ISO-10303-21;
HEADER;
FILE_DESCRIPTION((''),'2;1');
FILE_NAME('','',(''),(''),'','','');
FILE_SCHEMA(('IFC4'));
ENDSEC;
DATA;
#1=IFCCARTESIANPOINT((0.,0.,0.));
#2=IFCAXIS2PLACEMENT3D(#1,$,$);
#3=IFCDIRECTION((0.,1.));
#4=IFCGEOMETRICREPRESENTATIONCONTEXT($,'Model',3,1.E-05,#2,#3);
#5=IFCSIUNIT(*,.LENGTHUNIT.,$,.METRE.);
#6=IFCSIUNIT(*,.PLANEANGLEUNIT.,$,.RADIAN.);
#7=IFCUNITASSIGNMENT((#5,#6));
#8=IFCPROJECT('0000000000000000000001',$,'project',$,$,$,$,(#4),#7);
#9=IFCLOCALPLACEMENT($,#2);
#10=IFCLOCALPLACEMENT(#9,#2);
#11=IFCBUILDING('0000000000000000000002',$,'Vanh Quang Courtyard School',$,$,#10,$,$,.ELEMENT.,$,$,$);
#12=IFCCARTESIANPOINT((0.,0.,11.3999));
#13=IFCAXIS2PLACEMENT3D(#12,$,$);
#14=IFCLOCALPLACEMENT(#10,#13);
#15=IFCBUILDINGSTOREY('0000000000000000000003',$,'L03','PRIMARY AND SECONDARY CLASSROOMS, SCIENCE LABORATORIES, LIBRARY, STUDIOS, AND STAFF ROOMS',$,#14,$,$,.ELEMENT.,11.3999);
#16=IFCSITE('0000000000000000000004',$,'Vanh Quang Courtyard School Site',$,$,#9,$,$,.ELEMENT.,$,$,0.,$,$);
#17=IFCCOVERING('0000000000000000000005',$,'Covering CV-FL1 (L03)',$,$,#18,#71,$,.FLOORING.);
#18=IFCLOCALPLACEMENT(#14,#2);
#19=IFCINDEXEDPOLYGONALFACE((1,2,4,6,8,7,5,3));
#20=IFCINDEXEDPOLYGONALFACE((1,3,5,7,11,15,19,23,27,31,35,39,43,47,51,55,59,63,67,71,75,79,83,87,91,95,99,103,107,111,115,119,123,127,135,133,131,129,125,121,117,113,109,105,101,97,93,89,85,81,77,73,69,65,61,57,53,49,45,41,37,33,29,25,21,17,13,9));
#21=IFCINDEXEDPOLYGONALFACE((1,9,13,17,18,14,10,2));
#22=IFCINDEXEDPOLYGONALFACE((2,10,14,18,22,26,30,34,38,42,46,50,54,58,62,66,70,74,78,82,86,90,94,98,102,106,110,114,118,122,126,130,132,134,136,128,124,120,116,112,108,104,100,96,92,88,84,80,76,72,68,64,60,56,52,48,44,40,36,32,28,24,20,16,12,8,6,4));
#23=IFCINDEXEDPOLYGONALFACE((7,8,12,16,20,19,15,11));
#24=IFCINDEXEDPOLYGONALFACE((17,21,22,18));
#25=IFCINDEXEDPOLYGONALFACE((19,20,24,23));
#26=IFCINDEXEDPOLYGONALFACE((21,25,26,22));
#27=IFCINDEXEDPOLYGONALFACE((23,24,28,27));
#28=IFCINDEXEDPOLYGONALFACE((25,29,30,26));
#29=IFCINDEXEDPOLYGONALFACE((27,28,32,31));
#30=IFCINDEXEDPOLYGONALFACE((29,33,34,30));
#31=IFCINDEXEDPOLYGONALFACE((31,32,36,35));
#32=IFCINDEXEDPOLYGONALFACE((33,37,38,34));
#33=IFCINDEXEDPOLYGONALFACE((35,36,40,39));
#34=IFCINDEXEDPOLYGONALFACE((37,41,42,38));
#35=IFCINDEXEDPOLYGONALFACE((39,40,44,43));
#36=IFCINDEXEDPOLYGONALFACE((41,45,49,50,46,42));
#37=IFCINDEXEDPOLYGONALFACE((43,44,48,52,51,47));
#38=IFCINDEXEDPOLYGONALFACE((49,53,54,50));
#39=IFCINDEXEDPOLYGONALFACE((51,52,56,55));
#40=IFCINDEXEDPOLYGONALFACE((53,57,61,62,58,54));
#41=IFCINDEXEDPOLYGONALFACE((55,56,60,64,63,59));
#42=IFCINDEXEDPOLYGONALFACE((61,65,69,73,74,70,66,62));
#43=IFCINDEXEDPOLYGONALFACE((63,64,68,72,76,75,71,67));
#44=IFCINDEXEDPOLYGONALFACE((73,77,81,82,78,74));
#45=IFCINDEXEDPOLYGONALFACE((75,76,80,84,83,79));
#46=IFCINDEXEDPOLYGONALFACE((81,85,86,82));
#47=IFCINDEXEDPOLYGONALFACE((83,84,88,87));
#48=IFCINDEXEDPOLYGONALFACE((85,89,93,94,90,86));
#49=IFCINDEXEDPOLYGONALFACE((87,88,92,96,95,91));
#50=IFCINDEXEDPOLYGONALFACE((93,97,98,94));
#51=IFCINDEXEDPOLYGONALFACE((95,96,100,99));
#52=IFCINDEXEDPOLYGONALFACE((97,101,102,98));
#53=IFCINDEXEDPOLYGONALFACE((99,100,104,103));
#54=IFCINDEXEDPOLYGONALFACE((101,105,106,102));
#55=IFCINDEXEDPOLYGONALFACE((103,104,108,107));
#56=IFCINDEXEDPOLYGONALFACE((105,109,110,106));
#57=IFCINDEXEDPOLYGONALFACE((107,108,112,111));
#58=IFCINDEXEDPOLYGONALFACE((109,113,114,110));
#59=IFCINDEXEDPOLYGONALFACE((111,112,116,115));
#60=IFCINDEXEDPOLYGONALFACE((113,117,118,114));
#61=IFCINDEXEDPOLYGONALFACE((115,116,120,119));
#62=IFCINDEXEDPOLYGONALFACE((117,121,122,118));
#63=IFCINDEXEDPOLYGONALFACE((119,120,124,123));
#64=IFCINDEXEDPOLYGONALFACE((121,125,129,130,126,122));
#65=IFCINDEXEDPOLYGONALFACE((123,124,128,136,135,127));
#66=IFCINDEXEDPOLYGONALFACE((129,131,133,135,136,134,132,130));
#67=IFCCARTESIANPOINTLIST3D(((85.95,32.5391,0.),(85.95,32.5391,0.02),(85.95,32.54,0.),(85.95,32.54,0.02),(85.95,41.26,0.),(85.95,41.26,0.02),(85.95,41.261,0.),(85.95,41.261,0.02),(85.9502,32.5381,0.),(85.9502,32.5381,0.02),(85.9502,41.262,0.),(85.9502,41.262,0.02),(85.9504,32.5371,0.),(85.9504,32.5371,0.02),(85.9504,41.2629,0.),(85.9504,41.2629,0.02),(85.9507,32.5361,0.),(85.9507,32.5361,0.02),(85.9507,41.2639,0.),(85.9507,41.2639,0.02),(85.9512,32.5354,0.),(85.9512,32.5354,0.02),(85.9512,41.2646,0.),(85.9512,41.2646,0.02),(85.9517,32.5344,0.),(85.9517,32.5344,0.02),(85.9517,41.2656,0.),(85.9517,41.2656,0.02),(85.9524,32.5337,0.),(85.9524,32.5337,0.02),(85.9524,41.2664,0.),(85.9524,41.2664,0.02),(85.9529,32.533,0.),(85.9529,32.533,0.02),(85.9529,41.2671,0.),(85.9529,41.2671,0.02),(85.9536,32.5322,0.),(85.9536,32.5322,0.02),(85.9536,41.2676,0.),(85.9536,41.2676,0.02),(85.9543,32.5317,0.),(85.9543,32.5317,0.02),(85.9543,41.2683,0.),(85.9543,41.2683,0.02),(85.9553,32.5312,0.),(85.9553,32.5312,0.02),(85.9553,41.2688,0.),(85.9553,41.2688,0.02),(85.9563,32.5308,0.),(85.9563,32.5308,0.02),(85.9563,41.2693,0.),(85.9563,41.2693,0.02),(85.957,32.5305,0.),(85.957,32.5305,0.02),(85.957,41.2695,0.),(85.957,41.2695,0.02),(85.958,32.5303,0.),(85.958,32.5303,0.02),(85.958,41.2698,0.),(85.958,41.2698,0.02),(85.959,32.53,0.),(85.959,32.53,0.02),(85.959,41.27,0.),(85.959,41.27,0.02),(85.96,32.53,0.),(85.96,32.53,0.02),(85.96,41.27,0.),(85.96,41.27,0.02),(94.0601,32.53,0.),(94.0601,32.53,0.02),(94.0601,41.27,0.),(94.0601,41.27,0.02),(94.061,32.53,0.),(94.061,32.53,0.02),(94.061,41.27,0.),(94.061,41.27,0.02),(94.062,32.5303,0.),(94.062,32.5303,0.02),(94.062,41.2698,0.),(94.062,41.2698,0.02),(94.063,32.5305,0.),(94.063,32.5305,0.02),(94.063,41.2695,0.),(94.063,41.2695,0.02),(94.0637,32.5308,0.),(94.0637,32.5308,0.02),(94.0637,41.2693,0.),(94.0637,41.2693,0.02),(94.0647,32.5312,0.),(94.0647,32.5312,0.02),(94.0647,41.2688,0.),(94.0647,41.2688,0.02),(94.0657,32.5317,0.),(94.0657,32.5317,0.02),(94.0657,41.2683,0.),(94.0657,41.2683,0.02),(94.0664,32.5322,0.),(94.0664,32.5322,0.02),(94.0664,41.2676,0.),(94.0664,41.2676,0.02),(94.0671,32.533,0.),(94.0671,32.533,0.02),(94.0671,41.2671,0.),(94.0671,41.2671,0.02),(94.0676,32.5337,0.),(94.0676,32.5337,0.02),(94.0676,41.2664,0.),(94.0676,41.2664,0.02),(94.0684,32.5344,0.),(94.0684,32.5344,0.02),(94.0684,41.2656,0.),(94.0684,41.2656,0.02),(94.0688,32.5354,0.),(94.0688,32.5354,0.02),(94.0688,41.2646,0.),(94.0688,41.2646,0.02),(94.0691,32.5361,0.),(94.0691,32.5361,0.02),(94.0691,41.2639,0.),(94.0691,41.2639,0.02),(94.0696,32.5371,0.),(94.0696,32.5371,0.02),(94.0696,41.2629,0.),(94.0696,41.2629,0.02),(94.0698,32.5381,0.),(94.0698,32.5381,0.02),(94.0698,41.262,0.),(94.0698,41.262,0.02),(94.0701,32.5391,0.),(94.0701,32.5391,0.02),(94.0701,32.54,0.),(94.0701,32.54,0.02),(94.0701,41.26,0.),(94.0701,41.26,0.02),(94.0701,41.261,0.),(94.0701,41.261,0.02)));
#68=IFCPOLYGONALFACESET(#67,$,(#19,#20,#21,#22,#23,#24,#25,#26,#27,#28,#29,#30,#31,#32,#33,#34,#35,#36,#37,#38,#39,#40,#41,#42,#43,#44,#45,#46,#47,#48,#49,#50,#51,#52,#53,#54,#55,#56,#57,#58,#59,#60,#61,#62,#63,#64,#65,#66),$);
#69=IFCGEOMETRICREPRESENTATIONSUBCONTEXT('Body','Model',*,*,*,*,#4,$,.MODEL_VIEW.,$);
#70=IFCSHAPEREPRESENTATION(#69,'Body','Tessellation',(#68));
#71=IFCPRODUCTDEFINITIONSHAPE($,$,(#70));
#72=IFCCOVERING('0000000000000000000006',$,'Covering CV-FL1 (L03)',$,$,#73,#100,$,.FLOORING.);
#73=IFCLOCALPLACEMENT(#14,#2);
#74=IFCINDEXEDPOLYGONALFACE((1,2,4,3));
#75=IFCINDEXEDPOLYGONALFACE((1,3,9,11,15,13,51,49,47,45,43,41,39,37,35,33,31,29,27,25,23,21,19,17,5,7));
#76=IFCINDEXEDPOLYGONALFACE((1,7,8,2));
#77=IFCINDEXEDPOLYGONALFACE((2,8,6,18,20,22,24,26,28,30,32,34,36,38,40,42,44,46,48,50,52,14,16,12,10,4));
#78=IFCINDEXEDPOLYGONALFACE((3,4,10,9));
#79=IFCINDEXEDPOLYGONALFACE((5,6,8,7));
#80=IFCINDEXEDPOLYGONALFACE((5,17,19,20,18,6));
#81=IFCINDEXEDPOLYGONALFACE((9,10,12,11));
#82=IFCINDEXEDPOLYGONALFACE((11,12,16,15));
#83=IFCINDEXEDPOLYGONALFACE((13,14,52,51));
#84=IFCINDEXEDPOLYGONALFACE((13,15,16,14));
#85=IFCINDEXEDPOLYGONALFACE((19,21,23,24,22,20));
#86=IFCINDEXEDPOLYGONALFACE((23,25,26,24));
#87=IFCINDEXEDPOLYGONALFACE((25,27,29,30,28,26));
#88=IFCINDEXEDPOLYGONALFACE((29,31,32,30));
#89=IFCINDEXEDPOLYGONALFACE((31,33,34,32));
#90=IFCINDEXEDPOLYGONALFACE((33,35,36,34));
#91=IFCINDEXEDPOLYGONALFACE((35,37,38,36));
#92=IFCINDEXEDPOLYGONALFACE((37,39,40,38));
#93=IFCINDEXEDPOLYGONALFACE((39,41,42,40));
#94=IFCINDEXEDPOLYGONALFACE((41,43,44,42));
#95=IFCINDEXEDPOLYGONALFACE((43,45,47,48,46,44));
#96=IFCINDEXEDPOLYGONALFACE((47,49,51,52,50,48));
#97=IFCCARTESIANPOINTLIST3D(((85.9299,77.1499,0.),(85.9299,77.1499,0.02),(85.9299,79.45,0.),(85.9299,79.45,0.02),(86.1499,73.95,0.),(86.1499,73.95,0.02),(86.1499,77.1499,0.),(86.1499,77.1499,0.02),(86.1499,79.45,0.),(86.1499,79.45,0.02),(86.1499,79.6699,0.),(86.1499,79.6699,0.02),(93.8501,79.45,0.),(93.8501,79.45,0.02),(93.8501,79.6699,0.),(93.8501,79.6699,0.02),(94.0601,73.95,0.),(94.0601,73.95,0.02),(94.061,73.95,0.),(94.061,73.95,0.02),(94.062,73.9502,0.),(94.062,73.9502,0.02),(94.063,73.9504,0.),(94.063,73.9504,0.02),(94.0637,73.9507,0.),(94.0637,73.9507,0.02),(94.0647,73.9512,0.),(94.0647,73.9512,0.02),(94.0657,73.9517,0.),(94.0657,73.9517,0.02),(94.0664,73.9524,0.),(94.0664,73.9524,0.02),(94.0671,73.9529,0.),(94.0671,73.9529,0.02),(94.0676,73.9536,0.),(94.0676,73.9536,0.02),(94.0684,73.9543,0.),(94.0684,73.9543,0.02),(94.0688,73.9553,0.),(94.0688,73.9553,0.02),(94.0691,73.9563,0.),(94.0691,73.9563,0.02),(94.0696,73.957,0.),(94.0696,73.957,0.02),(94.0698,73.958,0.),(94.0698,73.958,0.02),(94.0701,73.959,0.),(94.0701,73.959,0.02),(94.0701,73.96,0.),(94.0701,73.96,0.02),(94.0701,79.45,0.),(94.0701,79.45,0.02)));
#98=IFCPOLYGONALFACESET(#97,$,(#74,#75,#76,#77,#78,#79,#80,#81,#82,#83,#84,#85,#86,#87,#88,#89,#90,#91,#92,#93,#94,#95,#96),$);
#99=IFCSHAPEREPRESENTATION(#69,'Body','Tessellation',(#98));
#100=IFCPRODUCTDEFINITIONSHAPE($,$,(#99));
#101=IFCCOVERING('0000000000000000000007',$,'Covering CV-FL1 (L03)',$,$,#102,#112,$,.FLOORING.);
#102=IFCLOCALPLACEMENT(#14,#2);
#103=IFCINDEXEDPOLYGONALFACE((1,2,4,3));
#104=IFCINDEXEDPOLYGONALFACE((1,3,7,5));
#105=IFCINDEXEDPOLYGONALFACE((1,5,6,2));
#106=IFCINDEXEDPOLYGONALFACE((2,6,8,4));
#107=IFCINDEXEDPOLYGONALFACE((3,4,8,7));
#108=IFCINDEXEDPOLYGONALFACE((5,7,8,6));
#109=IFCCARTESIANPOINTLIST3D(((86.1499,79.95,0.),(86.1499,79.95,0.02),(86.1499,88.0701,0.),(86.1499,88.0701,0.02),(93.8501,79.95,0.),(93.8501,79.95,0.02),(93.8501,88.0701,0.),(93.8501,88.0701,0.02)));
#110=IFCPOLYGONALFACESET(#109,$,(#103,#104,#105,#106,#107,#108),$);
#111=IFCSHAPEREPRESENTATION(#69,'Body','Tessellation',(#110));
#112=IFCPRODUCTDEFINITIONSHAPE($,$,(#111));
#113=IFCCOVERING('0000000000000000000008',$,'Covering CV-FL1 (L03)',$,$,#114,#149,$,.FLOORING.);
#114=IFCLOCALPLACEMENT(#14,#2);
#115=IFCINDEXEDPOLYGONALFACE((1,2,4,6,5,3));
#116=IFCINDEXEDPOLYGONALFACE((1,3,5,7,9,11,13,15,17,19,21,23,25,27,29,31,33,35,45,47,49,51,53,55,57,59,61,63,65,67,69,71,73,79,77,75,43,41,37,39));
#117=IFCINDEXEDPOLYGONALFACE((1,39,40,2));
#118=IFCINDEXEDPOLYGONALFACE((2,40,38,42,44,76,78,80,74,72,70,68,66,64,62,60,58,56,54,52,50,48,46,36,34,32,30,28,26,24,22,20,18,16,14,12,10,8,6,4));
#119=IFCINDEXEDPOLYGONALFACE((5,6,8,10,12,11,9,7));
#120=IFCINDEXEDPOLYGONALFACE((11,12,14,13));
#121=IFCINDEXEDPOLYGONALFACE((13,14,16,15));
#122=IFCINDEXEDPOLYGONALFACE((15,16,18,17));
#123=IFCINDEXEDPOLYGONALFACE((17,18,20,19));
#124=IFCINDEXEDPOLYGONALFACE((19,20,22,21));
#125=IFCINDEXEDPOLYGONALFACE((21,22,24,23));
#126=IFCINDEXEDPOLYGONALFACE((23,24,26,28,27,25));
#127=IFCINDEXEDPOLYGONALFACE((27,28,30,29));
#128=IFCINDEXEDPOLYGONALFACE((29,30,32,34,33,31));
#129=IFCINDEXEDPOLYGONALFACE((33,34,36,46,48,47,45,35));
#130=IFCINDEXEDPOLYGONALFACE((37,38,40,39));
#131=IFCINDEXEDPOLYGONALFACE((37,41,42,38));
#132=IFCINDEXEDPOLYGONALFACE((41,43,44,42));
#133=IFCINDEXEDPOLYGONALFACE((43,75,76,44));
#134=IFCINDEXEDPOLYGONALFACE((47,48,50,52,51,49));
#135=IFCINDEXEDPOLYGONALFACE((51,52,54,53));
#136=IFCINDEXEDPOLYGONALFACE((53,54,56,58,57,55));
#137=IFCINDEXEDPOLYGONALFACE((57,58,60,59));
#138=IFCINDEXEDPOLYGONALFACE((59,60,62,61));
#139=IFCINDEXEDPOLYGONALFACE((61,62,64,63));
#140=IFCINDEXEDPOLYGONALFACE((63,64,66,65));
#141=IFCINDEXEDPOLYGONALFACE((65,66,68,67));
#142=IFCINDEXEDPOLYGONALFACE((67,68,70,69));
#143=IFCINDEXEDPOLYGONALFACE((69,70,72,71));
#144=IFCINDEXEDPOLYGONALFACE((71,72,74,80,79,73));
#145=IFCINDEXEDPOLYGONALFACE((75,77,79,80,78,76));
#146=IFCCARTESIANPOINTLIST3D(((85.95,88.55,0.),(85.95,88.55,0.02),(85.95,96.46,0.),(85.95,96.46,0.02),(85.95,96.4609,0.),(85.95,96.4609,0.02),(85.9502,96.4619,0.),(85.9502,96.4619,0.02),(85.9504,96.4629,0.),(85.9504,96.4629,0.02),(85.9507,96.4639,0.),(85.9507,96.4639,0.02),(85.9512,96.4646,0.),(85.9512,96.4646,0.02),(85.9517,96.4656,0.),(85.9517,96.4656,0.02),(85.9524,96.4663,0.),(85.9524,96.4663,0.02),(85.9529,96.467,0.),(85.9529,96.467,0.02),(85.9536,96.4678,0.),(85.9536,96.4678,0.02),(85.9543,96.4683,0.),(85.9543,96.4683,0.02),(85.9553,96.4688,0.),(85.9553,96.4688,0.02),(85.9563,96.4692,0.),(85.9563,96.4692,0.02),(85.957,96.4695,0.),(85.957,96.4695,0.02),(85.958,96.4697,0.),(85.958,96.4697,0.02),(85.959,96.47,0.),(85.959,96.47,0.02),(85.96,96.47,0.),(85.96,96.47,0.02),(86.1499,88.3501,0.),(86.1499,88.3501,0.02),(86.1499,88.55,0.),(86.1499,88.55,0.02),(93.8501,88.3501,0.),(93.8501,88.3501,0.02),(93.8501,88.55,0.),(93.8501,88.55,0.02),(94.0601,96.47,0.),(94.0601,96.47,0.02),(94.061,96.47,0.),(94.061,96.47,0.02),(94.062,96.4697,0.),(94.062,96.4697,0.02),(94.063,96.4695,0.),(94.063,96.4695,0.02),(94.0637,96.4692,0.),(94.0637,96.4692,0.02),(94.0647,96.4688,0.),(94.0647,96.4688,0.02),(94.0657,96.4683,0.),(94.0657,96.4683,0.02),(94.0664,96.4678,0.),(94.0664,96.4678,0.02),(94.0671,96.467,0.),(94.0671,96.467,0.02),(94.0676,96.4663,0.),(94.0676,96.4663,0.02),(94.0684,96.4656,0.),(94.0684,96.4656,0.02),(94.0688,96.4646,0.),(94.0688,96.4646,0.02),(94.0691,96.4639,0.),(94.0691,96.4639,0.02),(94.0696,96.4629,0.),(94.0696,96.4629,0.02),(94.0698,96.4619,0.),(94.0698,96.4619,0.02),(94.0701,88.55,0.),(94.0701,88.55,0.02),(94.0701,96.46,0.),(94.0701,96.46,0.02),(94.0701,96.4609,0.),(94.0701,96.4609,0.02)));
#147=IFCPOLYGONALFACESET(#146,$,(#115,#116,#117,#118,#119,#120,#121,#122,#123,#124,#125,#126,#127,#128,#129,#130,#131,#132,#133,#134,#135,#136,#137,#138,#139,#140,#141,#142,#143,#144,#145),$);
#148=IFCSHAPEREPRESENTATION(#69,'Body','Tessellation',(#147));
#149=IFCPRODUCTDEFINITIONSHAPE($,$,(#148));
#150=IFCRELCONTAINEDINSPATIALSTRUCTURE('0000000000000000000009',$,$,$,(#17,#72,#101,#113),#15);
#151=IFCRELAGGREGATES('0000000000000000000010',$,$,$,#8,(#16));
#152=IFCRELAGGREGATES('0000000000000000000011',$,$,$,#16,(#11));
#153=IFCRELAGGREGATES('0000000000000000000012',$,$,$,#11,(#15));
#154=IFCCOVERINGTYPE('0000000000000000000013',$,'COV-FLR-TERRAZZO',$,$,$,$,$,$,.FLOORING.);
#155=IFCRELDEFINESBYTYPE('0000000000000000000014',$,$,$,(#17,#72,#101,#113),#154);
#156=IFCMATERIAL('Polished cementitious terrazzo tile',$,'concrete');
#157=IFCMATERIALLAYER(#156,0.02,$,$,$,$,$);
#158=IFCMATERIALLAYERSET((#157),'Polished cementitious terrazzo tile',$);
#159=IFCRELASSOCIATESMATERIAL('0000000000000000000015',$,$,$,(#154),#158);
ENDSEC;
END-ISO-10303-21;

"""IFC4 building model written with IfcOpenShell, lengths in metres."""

from ifc_helpers import new_model, si_unit, direction, frame, origin, place, context, subcontext, project, spatial, polyline, outline, extrude, material, layer, layer_set, type_object, element, save


model = new_model("IFC4")

# Units and contexts
model_context = context("Model", 3, precision=1e-05, world=origin(), true_north=direction((0.0, 1.0)))
body_context = subcontext(model_context, "Body", "Model", "MODEL_VIEW")
ifc_project = project(units=[si_unit("LENGTHUNIT", "METRE"), si_unit("PLANEANGLEUNIT", "RADIAN")], contexts=[model_context])

# Site, building, storey
site_placement = place(None, origin())
site = spatial("IfcSite", under=ifc_project, at=site_placement, Name="Vanh Quang Courtyard School Site", CompositionType="ELEMENT", RefElevation=0.0)
building_placement = place(site_placement, origin())
building = spatial("IfcBuilding", under=site, at=building_placement, Name="Vanh Quang Courtyard School", CompositionType="ELEMENT")
storey_placement = place(building_placement, frame((0.0, 0.0, 11.3999)))
storey = spatial("IfcBuildingStorey", under=building, at=storey_placement, Name="L03", Description="PRIMARY AND SECONDARY CLASSROOMS, SCIENCE LABORATORIES, LIBRARY, STUDIOS, AND STAFF ROOMS", CompositionType="ELEMENT", Elevation=11.3999)

# Coverings
ifc_material_1 = material(Name="Polished cementitious terrazzo tile", Category="concrete")
ifc_layer_1 = layer(ifc_material_1, 0.02)
ifc_layer_set_1 = layer_set([ifc_layer_1], Name="Polished cementitious terrazzo tile")
covering_type = type_object("IfcCoveringType", Name="COV-FLR-TERRAZZO", PredefinedType="FLOORING", material=ifc_layer_set_1)
covering_1_placement = place(storey_placement, origin())
element("IfcCovering", 1, at=covering_1_placement, inside=storey, type_object=covering_type, Name="Covering CV-FL1 (L03)", PredefinedType="FLOORING", context=body_context, shape_type="SweptSolid", body=[
    extrude(outline(polyline([(85.96, 32.53), (85.959, 32.53), (85.958, 32.5303), (85.957, 32.5305), (85.9563, 32.5308), (85.9553, 32.5312), (85.9543, 32.5317), (85.9536, 32.5322), (85.9529, 32.533), (85.9524, 32.5337), (85.9517, 32.5344), (85.9512, 32.5354), (85.9507, 32.5361), (85.9504, 32.5371), (85.9502, 32.5381), (85.95, 32.5391), (85.95, 32.54), (85.95, 41.26), (85.95, 41.261), (85.9502, 41.262), (85.9504, 41.2629), (85.9507, 41.2639), (85.9512, 41.2646), (85.9517, 41.2656), (85.9524, 41.2664), (85.9529, 41.2671), (85.9536, 41.2676), (85.9543, 41.2683), (85.9553, 41.2688), (85.9563, 41.2693), (85.957, 41.2695), (85.958, 41.2698), (85.959, 41.27), (85.96, 41.27), (94.0601, 41.27), (94.061, 41.27), (94.062, 41.2698), (94.063, 41.2695), (94.0637, 41.2693), (94.0647, 41.2688), (94.0657, 41.2683), (94.0664, 41.2676), (94.0671, 41.2671), (94.0676, 41.2664), (94.0684, 41.2656), (94.0688, 41.2646), (94.0691, 41.2639), (94.0696, 41.2629), (94.0698, 41.262), (94.0701, 41.261), (94.0701, 41.26), (94.0701, 32.54), (94.0701, 32.5391), (94.0698, 32.5381), (94.0696, 32.5371), (94.0691, 32.5361), (94.0688, 32.5354), (94.0684, 32.5344), (94.0676, 32.5337), (94.0671, 32.533), (94.0664, 32.5322), (94.0657, 32.5317), (94.0647, 32.5312), (94.0637, 32.5308), (94.063, 32.5305), (94.062, 32.5303), (94.061, 32.53), (94.0601, 32.53), (85.96, 32.53)])), origin(), (0.0, 0.0, 1.0), 0.02),
])
covering_2_placement = place(storey_placement, origin())
element("IfcCovering", 2, at=covering_2_placement, inside=storey, type_object=covering_type, Name="Covering CV-FL1 (L03)", PredefinedType="FLOORING", context=body_context, shape_type="SweptSolid", body=[
    extrude(outline(polyline([(85.9299, 79.45), (86.1499, 79.45), (86.1499, 79.6699), (93.8501, 79.6699), (93.8501, 79.45), (94.0701, 79.45), (94.0701, 73.96), (94.0701, 73.959), (94.0698, 73.958), (94.0696, 73.957), (94.0691, 73.9563), (94.0688, 73.9553), (94.0684, 73.9543), (94.0676, 73.9536), (94.0671, 73.9529), (94.0664, 73.9524), (94.0657, 73.9517), (94.0647, 73.9512), (94.0637, 73.9507), (94.063, 73.9504), (94.062, 73.9502), (94.061, 73.95), (94.0601, 73.95), (86.1499, 73.95), (86.1499, 77.1499), (85.9299, 77.1499), (85.9299, 79.45)])), origin(), (0.0, 0.0, 1.0), 0.02),
])
covering_3_placement = place(storey_placement, origin())
element("IfcCovering", 3, at=covering_3_placement, inside=storey, type_object=covering_type, Name="Covering CV-FL1 (L03)", PredefinedType="FLOORING", context=body_context, shape_type="SweptSolid", body=[
    extrude(outline(polyline([(86.1499, 79.95), (86.1499, 88.0701), (93.8501, 88.0701), (93.8501, 79.95), (86.1499, 79.95)])), origin(), (0.0, 0.0, 1.0), 0.02),
])
covering_4_placement = place(storey_placement, origin())
element("IfcCovering", 4, at=covering_4_placement, inside=storey, type_object=covering_type, Name="Covering CV-FL1 (L03)", PredefinedType="FLOORING", context=body_context, shape_type="SweptSolid", body=[
    extrude(outline(polyline([(86.1499, 88.3501), (86.1499, 88.55), (85.95, 88.55), (85.95, 96.46), (85.95, 96.4609), (85.9502, 96.4619), (85.9504, 96.4629), (85.9507, 96.4639), (85.9512, 96.4646), (85.9517, 96.4656), (85.9524, 96.4663), (85.9529, 96.467), (85.9536, 96.4678), (85.9543, 96.4683), (85.9553, 96.4688), (85.9563, 96.4692), (85.957, 96.4695), (85.958, 96.4697), (85.959, 96.47), (85.96, 96.47), (94.0601, 96.47), (94.061, 96.47), (94.062, 96.4697), (94.063, 96.4695), (94.0637, 96.4692), (94.0647, 96.4688), (94.0657, 96.4683), (94.0664, 96.4678), (94.0671, 96.467), (94.0676, 96.4663), (94.0684, 96.4656), (94.0688, 96.4646), (94.0691, 96.4639), (94.0696, 96.4629), (94.0698, 96.4619), (94.0701, 96.4609), (94.0701, 96.46), (94.0701, 88.55), (93.8501, 88.55), (93.8501, 88.3501), (86.1499, 88.3501)])), origin(), (0.0, 0.0, 1.0), 0.02),
])

save(model, "model.ifc")
